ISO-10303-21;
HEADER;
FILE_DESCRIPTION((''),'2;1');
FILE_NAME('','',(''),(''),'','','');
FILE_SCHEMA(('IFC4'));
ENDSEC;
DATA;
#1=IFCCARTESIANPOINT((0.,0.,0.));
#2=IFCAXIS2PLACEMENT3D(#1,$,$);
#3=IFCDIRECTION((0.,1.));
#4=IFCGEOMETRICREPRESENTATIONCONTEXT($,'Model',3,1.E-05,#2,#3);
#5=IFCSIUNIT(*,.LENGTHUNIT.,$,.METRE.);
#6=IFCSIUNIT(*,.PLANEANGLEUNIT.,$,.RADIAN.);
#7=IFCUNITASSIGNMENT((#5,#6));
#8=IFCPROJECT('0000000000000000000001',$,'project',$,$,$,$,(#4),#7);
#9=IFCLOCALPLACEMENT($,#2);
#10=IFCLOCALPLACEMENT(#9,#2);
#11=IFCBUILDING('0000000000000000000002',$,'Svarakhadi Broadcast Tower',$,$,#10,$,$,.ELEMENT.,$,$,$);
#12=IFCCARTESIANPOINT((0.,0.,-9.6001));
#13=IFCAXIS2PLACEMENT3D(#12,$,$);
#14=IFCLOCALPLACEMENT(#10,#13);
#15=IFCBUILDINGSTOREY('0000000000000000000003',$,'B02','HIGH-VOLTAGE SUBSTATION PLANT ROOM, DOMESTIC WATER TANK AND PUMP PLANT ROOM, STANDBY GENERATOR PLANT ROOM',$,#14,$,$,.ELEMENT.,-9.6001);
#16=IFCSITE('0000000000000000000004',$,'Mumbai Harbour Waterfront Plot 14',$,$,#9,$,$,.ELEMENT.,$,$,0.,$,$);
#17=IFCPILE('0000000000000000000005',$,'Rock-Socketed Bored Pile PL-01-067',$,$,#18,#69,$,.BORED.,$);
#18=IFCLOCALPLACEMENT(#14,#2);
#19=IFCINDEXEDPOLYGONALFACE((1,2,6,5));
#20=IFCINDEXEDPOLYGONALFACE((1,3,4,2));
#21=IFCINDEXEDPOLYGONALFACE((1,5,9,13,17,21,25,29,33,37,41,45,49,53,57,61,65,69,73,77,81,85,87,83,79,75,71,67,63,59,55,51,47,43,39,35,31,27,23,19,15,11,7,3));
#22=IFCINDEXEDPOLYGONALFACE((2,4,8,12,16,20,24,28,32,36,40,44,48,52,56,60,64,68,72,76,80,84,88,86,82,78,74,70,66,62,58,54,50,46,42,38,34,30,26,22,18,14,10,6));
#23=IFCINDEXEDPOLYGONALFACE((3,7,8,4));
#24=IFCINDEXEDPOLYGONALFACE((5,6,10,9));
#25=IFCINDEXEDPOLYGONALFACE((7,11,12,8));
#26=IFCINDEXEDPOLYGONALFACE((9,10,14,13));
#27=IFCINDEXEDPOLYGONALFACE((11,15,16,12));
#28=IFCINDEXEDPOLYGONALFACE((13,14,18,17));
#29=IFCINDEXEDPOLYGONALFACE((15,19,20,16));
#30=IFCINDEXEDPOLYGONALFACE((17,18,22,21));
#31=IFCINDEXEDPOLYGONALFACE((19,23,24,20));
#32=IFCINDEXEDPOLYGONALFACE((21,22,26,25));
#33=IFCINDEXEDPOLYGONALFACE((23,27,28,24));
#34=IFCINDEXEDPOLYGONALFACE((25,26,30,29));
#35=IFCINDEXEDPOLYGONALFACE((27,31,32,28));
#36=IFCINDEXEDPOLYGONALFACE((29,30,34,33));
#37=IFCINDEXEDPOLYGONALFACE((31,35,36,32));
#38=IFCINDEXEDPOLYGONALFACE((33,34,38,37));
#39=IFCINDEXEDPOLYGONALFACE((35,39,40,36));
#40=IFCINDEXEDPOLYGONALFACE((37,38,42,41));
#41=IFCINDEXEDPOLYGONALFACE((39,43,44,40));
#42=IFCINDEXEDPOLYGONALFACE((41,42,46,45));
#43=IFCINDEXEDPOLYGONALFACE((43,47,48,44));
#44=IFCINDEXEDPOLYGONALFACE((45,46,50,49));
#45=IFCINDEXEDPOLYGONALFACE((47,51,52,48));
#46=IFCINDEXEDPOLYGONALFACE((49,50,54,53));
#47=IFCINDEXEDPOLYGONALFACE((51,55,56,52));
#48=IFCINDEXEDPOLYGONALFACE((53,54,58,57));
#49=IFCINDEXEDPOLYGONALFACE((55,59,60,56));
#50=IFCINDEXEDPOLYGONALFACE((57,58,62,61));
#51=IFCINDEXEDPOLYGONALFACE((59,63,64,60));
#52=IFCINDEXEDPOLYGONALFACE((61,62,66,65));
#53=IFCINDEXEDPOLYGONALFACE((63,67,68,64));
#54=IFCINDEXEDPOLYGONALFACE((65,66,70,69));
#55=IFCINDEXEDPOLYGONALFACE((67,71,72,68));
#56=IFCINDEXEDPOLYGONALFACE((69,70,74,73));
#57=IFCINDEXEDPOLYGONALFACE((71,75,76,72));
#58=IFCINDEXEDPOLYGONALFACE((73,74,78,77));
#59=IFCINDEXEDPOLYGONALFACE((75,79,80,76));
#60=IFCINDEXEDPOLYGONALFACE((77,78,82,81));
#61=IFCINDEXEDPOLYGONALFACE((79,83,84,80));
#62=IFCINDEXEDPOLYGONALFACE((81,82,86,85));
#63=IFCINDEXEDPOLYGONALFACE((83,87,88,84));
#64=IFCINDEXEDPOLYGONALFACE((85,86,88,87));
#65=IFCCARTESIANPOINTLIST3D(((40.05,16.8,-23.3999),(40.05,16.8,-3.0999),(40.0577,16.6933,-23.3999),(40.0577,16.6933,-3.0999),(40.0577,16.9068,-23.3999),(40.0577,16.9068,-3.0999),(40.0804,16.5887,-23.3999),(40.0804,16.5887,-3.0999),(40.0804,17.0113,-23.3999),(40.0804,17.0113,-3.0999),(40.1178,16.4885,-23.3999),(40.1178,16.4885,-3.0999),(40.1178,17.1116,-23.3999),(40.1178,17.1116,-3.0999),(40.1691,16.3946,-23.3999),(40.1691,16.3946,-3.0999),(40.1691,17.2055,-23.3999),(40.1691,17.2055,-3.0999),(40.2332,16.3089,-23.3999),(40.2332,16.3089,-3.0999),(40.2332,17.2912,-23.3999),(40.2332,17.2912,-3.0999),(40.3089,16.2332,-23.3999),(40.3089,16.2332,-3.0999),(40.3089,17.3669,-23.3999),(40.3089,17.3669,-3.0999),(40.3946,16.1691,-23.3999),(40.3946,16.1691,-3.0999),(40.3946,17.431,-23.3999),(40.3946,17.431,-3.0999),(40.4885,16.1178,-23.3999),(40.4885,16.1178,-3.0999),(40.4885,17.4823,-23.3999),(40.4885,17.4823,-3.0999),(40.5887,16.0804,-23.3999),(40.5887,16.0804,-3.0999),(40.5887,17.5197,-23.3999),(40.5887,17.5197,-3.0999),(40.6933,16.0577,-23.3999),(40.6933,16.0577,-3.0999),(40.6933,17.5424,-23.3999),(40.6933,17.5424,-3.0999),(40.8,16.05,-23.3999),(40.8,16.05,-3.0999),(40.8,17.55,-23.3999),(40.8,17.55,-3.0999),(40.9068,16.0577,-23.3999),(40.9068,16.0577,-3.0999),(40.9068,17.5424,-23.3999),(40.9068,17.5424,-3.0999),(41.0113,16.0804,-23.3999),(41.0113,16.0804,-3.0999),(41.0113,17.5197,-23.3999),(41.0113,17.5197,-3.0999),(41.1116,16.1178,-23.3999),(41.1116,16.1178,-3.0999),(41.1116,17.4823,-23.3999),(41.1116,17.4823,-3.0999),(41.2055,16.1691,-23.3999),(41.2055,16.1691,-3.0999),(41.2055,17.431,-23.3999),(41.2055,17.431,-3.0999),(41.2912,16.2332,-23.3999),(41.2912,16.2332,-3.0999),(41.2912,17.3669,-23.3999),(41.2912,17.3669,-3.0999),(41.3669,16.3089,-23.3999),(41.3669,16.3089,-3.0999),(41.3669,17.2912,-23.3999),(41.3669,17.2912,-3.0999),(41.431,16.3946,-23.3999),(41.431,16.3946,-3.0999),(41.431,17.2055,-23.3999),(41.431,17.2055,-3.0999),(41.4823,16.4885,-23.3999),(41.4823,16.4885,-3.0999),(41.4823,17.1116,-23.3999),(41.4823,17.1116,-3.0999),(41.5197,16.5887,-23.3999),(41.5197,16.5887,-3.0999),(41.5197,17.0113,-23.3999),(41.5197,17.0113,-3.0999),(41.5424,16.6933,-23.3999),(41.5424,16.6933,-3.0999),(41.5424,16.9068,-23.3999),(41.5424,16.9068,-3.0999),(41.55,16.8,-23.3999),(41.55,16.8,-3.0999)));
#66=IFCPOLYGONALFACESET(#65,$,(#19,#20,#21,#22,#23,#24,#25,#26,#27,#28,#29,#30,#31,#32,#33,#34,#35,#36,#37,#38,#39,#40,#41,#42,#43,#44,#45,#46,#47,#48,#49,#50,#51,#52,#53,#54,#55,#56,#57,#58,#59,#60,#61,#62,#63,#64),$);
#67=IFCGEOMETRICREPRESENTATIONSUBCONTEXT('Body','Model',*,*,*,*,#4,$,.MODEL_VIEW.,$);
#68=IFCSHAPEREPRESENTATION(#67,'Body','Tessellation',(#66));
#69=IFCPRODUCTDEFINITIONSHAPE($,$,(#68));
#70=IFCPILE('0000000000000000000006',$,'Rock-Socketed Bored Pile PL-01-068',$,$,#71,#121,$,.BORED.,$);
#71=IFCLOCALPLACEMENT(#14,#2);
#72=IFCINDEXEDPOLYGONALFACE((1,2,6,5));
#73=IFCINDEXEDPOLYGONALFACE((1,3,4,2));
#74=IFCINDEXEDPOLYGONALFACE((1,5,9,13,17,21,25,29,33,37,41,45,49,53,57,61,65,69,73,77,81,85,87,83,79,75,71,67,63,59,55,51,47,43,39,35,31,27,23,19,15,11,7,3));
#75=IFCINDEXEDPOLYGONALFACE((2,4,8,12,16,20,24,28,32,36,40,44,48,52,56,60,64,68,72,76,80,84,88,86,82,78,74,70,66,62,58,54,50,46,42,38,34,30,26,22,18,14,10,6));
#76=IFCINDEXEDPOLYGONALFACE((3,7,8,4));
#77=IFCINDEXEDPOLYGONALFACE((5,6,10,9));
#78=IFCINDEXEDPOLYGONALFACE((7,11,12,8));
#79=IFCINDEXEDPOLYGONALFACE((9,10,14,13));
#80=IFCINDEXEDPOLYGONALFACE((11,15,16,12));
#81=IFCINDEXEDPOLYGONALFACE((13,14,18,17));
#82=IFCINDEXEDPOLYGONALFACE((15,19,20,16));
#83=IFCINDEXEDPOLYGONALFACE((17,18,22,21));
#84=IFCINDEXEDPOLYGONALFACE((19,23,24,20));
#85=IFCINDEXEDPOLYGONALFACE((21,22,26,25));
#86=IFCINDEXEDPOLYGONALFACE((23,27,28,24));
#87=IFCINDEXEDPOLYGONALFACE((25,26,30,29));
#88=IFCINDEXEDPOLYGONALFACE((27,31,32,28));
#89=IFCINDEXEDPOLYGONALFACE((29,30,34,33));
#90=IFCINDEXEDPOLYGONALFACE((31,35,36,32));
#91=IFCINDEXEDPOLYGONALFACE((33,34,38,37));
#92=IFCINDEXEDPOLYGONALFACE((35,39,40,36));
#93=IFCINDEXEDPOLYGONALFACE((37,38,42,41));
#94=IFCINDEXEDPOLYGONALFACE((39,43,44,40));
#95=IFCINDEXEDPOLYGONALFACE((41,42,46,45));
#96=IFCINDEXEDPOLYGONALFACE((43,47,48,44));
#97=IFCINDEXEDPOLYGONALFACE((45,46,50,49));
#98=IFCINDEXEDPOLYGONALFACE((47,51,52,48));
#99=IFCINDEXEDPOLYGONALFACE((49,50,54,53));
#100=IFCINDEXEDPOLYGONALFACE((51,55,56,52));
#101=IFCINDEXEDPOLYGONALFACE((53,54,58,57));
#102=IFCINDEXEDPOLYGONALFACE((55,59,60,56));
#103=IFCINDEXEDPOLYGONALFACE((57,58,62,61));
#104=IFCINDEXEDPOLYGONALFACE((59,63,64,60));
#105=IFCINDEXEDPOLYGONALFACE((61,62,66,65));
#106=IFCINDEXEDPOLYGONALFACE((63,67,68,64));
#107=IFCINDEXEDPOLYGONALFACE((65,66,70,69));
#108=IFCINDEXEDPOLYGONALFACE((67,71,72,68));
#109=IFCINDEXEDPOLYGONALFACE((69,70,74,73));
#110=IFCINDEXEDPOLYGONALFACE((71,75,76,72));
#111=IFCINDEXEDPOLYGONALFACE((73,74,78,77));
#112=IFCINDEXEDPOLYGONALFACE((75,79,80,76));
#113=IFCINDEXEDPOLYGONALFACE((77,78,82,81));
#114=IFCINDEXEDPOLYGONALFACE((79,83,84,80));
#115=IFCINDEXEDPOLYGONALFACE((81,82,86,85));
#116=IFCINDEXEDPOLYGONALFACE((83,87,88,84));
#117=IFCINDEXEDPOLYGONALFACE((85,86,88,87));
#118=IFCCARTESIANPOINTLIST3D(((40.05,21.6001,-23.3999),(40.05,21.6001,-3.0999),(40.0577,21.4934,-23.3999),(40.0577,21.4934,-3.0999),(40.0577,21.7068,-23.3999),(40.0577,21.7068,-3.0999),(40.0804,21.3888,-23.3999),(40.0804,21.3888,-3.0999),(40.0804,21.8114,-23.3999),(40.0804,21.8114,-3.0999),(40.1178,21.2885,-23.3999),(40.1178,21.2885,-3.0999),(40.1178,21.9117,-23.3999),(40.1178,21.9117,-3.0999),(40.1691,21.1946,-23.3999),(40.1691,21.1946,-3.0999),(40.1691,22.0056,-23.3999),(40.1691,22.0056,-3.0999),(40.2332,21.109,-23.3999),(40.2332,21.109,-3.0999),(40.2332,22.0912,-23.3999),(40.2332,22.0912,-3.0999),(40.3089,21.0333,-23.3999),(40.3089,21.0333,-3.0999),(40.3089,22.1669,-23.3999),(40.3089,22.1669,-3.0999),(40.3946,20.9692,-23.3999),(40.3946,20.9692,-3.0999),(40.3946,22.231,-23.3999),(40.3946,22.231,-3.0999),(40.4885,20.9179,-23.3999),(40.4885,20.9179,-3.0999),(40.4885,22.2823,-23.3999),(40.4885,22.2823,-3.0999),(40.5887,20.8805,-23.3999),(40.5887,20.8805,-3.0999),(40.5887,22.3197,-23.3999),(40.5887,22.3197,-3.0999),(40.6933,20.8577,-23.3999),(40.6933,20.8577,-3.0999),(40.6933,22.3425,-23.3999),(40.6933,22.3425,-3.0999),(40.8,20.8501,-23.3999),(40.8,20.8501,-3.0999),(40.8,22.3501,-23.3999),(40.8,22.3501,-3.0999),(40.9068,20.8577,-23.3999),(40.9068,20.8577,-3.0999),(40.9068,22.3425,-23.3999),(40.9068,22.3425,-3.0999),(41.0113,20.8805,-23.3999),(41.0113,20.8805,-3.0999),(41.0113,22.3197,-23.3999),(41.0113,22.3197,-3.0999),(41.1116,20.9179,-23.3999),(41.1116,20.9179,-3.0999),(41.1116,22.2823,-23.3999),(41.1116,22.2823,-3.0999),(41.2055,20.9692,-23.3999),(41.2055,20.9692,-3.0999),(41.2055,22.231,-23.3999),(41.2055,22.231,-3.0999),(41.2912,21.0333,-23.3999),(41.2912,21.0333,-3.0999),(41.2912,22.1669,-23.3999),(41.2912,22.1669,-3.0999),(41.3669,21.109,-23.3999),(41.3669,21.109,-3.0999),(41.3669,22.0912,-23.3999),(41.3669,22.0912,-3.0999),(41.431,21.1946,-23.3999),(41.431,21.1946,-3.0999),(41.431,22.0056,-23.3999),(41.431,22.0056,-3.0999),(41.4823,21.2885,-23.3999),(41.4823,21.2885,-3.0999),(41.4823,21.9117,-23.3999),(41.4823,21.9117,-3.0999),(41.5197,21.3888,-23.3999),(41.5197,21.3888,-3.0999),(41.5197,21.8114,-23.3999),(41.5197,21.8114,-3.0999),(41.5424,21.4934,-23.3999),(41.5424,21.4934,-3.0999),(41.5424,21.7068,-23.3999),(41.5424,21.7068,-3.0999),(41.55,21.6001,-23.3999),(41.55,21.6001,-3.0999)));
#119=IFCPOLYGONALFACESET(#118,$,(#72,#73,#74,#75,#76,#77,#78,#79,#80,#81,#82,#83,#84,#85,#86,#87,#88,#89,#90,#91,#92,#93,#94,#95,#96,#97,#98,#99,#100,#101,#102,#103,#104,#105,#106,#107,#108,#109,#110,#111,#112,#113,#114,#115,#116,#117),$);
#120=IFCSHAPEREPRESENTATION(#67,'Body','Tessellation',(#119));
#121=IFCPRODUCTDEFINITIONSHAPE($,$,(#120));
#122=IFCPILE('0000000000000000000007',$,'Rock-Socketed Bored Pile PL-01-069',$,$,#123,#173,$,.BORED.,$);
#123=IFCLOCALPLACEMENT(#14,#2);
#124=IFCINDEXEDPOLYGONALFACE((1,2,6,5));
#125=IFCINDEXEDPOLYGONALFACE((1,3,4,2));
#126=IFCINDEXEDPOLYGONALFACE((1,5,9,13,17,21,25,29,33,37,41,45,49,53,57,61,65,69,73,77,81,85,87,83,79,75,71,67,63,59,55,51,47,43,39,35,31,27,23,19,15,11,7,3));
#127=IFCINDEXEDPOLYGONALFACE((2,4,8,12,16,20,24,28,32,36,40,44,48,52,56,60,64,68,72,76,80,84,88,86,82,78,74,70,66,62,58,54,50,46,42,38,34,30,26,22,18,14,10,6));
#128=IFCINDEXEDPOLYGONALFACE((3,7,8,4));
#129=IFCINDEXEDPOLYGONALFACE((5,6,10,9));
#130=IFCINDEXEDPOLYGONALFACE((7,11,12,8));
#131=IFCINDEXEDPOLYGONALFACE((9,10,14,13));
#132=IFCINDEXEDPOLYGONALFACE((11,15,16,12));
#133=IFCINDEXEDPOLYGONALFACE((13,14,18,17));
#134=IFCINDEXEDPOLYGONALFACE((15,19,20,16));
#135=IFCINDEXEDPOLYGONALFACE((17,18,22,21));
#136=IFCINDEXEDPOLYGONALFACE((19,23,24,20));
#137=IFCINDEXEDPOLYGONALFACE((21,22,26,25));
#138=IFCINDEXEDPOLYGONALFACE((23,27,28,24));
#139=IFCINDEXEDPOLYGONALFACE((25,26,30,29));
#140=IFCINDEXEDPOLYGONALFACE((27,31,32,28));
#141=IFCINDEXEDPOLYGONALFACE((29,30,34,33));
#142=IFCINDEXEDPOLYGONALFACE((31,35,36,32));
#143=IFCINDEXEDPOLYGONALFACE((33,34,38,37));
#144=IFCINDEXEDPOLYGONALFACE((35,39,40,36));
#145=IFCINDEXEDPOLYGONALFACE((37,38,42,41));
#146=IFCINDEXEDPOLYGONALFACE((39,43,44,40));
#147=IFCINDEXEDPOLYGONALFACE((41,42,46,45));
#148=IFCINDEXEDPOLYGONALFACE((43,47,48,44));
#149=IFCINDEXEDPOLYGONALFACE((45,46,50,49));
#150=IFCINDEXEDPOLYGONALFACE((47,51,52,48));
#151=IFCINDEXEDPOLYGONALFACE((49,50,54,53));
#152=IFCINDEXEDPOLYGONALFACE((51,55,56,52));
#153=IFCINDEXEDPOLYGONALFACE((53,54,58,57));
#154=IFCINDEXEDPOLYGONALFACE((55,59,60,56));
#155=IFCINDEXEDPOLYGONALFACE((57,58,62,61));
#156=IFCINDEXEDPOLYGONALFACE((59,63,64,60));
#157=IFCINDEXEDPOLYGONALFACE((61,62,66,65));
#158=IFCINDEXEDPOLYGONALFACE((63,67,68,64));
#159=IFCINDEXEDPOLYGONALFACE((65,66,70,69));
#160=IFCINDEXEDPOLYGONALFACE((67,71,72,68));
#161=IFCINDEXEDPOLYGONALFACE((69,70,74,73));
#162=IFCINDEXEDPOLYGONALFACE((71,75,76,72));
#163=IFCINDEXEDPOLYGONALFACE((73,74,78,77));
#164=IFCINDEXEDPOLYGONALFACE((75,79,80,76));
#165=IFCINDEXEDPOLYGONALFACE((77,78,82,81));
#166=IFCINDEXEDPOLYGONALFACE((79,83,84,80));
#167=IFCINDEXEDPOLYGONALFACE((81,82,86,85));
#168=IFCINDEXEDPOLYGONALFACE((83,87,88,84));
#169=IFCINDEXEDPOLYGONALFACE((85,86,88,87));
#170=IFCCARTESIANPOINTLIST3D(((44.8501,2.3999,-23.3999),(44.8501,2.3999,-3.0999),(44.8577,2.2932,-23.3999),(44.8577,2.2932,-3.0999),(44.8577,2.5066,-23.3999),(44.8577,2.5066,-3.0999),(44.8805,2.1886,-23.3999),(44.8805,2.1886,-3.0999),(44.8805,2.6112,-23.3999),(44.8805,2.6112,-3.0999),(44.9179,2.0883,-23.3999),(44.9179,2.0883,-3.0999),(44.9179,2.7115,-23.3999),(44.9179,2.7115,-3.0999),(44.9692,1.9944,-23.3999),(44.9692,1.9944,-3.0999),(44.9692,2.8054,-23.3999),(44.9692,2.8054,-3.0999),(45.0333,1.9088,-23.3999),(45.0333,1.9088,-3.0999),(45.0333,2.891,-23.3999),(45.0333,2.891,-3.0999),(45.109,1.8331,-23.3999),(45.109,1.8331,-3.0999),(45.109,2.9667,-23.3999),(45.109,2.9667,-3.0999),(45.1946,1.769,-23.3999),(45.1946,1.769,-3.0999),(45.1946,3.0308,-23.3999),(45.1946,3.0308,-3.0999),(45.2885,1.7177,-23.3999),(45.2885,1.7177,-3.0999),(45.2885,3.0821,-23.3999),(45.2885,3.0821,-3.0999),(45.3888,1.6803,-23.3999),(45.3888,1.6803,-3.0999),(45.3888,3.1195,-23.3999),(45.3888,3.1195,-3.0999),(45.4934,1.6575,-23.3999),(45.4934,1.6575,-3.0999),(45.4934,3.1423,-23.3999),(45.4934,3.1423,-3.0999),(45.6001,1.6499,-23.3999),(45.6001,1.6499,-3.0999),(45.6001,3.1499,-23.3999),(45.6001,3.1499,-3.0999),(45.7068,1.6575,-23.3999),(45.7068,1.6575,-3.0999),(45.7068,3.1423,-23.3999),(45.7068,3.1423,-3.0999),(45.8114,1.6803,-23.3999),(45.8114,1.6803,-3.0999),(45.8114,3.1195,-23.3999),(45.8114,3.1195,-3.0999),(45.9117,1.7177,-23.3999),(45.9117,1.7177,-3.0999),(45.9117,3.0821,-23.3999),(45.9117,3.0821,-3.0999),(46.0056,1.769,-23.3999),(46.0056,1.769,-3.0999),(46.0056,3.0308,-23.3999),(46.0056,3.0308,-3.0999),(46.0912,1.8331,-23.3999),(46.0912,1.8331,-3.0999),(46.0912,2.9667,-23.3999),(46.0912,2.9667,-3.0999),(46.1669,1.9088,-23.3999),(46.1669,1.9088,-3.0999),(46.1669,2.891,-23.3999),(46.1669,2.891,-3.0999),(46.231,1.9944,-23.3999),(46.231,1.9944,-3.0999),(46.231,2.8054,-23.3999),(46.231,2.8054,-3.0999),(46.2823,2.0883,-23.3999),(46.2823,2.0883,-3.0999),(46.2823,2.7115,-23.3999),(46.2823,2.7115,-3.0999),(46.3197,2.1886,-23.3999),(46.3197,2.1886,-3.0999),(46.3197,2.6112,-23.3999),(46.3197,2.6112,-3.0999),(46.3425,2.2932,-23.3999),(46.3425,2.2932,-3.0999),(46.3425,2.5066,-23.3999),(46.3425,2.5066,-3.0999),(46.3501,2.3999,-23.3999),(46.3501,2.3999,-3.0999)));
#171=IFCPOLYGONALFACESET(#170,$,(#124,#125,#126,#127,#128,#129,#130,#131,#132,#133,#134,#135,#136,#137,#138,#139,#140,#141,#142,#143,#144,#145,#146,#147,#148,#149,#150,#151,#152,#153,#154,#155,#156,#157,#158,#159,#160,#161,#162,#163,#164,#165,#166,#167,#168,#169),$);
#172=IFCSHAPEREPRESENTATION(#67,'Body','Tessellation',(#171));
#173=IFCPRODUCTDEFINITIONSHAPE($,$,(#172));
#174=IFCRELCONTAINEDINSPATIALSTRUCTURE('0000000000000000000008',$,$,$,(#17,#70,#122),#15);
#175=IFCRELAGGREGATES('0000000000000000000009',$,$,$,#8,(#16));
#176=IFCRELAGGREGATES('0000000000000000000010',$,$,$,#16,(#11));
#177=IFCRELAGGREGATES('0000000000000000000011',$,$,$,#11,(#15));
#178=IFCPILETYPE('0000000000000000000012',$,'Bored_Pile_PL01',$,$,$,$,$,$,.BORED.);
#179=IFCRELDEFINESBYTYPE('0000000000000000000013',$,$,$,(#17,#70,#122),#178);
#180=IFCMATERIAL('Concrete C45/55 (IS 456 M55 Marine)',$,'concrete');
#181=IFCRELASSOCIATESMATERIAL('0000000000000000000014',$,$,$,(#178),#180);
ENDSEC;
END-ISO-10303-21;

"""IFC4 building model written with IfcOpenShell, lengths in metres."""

from ifc_helpers import new_model, si_unit, direction, frame, origin, origin_2d, place, context, subcontext, project, spatial, circle, extrude, material, material_profile, profile_set, type_object, element, save


model = new_model("IFC4")

# Units and contexts
model_context = context("Model", 3, precision=1e-05, world=origin(), true_north=direction((0.0, 1.0)))
body_context = subcontext(model_context, "Body", "Model", "MODEL_VIEW")
ifc_project = project(units=[si_unit("LENGTHUNIT", "METRE"), si_unit("PLANEANGLEUNIT", "RADIAN")], contexts=[model_context])

# Site, building, storey
site_placement = place(None, origin())
site = spatial("IfcSite", under=ifc_project, at=site_placement, Name="Mumbai Harbour Waterfront Plot 14", CompositionType="ELEMENT", RefElevation=0.0)
building_placement = place(site_placement, origin())
building = spatial("IfcBuilding", under=site, at=building_placement, Name="Svarakhadi Broadcast Tower", CompositionType="ELEMENT")
storey_placement = place(building_placement, frame((0.0, 0.0, -9.6001)))
storey = spatial("IfcBuildingStorey", under=building, at=storey_placement, Name="B02", Description="HIGH-VOLTAGE SUBSTATION PLANT ROOM, DOMESTIC WATER TANK AND PUMP PLANT ROOM, STANDBY GENERATOR PLANT ROOM", CompositionType="ELEMENT", Elevation=-9.6001)

# Piles
ifc_material_1 = material(Name="Concrete C45/55 (IS 456 M55 Marine)", Category="concrete")
ifc_material_profile_1 = material_profile(ifc_material_1, circle(Radius=0.75, at=origin_2d()), Name="PILE D1500")
ifc_profile_set_1 = profile_set([ifc_material_profile_1], Name="Concrete C45/55 (IS 456 M55 Marine)")
pile_type_1 = type_object("IfcPileType", Name="Bored_Pile_PL01", PredefinedType="BORED", material=ifc_profile_set_1)
for number, where, z_axis, x_axis, name in (
    (1, (40.8, 16.8, -3.0999), (0.0, 0.0, -1.0), (1.0, 0.0, 0.0), "Rock-Socketed Bored Pile PL-01-067"),
    (2, (40.8, 21.6001, -3.0999), (0.0, 0.0, -1.0), (1.0, 0.0, 0.0), "Rock-Socketed Bored Pile PL-01-068"),
    (3, (45.6001, 2.3999, -3.0999), (0.0, 0.0, -1.0), (1.0, 0.0, 0.0), "Rock-Socketed Bored Pile PL-01-069"),
):
    element("IfcPile", number, at=place(storey_placement, frame(where, z_axis=z_axis, x_axis=x_axis)), inside=storey, type_object=pile_type_1, Name=name, PredefinedType="BORED", context=body_context, shape_type="SweptSolid", body=[
        extrude(circle(Radius=0.75, at=origin_2d()), origin(), (0.0, 0.0, 1.0), 20.3),
    ])

save(model, "model.ifc")
